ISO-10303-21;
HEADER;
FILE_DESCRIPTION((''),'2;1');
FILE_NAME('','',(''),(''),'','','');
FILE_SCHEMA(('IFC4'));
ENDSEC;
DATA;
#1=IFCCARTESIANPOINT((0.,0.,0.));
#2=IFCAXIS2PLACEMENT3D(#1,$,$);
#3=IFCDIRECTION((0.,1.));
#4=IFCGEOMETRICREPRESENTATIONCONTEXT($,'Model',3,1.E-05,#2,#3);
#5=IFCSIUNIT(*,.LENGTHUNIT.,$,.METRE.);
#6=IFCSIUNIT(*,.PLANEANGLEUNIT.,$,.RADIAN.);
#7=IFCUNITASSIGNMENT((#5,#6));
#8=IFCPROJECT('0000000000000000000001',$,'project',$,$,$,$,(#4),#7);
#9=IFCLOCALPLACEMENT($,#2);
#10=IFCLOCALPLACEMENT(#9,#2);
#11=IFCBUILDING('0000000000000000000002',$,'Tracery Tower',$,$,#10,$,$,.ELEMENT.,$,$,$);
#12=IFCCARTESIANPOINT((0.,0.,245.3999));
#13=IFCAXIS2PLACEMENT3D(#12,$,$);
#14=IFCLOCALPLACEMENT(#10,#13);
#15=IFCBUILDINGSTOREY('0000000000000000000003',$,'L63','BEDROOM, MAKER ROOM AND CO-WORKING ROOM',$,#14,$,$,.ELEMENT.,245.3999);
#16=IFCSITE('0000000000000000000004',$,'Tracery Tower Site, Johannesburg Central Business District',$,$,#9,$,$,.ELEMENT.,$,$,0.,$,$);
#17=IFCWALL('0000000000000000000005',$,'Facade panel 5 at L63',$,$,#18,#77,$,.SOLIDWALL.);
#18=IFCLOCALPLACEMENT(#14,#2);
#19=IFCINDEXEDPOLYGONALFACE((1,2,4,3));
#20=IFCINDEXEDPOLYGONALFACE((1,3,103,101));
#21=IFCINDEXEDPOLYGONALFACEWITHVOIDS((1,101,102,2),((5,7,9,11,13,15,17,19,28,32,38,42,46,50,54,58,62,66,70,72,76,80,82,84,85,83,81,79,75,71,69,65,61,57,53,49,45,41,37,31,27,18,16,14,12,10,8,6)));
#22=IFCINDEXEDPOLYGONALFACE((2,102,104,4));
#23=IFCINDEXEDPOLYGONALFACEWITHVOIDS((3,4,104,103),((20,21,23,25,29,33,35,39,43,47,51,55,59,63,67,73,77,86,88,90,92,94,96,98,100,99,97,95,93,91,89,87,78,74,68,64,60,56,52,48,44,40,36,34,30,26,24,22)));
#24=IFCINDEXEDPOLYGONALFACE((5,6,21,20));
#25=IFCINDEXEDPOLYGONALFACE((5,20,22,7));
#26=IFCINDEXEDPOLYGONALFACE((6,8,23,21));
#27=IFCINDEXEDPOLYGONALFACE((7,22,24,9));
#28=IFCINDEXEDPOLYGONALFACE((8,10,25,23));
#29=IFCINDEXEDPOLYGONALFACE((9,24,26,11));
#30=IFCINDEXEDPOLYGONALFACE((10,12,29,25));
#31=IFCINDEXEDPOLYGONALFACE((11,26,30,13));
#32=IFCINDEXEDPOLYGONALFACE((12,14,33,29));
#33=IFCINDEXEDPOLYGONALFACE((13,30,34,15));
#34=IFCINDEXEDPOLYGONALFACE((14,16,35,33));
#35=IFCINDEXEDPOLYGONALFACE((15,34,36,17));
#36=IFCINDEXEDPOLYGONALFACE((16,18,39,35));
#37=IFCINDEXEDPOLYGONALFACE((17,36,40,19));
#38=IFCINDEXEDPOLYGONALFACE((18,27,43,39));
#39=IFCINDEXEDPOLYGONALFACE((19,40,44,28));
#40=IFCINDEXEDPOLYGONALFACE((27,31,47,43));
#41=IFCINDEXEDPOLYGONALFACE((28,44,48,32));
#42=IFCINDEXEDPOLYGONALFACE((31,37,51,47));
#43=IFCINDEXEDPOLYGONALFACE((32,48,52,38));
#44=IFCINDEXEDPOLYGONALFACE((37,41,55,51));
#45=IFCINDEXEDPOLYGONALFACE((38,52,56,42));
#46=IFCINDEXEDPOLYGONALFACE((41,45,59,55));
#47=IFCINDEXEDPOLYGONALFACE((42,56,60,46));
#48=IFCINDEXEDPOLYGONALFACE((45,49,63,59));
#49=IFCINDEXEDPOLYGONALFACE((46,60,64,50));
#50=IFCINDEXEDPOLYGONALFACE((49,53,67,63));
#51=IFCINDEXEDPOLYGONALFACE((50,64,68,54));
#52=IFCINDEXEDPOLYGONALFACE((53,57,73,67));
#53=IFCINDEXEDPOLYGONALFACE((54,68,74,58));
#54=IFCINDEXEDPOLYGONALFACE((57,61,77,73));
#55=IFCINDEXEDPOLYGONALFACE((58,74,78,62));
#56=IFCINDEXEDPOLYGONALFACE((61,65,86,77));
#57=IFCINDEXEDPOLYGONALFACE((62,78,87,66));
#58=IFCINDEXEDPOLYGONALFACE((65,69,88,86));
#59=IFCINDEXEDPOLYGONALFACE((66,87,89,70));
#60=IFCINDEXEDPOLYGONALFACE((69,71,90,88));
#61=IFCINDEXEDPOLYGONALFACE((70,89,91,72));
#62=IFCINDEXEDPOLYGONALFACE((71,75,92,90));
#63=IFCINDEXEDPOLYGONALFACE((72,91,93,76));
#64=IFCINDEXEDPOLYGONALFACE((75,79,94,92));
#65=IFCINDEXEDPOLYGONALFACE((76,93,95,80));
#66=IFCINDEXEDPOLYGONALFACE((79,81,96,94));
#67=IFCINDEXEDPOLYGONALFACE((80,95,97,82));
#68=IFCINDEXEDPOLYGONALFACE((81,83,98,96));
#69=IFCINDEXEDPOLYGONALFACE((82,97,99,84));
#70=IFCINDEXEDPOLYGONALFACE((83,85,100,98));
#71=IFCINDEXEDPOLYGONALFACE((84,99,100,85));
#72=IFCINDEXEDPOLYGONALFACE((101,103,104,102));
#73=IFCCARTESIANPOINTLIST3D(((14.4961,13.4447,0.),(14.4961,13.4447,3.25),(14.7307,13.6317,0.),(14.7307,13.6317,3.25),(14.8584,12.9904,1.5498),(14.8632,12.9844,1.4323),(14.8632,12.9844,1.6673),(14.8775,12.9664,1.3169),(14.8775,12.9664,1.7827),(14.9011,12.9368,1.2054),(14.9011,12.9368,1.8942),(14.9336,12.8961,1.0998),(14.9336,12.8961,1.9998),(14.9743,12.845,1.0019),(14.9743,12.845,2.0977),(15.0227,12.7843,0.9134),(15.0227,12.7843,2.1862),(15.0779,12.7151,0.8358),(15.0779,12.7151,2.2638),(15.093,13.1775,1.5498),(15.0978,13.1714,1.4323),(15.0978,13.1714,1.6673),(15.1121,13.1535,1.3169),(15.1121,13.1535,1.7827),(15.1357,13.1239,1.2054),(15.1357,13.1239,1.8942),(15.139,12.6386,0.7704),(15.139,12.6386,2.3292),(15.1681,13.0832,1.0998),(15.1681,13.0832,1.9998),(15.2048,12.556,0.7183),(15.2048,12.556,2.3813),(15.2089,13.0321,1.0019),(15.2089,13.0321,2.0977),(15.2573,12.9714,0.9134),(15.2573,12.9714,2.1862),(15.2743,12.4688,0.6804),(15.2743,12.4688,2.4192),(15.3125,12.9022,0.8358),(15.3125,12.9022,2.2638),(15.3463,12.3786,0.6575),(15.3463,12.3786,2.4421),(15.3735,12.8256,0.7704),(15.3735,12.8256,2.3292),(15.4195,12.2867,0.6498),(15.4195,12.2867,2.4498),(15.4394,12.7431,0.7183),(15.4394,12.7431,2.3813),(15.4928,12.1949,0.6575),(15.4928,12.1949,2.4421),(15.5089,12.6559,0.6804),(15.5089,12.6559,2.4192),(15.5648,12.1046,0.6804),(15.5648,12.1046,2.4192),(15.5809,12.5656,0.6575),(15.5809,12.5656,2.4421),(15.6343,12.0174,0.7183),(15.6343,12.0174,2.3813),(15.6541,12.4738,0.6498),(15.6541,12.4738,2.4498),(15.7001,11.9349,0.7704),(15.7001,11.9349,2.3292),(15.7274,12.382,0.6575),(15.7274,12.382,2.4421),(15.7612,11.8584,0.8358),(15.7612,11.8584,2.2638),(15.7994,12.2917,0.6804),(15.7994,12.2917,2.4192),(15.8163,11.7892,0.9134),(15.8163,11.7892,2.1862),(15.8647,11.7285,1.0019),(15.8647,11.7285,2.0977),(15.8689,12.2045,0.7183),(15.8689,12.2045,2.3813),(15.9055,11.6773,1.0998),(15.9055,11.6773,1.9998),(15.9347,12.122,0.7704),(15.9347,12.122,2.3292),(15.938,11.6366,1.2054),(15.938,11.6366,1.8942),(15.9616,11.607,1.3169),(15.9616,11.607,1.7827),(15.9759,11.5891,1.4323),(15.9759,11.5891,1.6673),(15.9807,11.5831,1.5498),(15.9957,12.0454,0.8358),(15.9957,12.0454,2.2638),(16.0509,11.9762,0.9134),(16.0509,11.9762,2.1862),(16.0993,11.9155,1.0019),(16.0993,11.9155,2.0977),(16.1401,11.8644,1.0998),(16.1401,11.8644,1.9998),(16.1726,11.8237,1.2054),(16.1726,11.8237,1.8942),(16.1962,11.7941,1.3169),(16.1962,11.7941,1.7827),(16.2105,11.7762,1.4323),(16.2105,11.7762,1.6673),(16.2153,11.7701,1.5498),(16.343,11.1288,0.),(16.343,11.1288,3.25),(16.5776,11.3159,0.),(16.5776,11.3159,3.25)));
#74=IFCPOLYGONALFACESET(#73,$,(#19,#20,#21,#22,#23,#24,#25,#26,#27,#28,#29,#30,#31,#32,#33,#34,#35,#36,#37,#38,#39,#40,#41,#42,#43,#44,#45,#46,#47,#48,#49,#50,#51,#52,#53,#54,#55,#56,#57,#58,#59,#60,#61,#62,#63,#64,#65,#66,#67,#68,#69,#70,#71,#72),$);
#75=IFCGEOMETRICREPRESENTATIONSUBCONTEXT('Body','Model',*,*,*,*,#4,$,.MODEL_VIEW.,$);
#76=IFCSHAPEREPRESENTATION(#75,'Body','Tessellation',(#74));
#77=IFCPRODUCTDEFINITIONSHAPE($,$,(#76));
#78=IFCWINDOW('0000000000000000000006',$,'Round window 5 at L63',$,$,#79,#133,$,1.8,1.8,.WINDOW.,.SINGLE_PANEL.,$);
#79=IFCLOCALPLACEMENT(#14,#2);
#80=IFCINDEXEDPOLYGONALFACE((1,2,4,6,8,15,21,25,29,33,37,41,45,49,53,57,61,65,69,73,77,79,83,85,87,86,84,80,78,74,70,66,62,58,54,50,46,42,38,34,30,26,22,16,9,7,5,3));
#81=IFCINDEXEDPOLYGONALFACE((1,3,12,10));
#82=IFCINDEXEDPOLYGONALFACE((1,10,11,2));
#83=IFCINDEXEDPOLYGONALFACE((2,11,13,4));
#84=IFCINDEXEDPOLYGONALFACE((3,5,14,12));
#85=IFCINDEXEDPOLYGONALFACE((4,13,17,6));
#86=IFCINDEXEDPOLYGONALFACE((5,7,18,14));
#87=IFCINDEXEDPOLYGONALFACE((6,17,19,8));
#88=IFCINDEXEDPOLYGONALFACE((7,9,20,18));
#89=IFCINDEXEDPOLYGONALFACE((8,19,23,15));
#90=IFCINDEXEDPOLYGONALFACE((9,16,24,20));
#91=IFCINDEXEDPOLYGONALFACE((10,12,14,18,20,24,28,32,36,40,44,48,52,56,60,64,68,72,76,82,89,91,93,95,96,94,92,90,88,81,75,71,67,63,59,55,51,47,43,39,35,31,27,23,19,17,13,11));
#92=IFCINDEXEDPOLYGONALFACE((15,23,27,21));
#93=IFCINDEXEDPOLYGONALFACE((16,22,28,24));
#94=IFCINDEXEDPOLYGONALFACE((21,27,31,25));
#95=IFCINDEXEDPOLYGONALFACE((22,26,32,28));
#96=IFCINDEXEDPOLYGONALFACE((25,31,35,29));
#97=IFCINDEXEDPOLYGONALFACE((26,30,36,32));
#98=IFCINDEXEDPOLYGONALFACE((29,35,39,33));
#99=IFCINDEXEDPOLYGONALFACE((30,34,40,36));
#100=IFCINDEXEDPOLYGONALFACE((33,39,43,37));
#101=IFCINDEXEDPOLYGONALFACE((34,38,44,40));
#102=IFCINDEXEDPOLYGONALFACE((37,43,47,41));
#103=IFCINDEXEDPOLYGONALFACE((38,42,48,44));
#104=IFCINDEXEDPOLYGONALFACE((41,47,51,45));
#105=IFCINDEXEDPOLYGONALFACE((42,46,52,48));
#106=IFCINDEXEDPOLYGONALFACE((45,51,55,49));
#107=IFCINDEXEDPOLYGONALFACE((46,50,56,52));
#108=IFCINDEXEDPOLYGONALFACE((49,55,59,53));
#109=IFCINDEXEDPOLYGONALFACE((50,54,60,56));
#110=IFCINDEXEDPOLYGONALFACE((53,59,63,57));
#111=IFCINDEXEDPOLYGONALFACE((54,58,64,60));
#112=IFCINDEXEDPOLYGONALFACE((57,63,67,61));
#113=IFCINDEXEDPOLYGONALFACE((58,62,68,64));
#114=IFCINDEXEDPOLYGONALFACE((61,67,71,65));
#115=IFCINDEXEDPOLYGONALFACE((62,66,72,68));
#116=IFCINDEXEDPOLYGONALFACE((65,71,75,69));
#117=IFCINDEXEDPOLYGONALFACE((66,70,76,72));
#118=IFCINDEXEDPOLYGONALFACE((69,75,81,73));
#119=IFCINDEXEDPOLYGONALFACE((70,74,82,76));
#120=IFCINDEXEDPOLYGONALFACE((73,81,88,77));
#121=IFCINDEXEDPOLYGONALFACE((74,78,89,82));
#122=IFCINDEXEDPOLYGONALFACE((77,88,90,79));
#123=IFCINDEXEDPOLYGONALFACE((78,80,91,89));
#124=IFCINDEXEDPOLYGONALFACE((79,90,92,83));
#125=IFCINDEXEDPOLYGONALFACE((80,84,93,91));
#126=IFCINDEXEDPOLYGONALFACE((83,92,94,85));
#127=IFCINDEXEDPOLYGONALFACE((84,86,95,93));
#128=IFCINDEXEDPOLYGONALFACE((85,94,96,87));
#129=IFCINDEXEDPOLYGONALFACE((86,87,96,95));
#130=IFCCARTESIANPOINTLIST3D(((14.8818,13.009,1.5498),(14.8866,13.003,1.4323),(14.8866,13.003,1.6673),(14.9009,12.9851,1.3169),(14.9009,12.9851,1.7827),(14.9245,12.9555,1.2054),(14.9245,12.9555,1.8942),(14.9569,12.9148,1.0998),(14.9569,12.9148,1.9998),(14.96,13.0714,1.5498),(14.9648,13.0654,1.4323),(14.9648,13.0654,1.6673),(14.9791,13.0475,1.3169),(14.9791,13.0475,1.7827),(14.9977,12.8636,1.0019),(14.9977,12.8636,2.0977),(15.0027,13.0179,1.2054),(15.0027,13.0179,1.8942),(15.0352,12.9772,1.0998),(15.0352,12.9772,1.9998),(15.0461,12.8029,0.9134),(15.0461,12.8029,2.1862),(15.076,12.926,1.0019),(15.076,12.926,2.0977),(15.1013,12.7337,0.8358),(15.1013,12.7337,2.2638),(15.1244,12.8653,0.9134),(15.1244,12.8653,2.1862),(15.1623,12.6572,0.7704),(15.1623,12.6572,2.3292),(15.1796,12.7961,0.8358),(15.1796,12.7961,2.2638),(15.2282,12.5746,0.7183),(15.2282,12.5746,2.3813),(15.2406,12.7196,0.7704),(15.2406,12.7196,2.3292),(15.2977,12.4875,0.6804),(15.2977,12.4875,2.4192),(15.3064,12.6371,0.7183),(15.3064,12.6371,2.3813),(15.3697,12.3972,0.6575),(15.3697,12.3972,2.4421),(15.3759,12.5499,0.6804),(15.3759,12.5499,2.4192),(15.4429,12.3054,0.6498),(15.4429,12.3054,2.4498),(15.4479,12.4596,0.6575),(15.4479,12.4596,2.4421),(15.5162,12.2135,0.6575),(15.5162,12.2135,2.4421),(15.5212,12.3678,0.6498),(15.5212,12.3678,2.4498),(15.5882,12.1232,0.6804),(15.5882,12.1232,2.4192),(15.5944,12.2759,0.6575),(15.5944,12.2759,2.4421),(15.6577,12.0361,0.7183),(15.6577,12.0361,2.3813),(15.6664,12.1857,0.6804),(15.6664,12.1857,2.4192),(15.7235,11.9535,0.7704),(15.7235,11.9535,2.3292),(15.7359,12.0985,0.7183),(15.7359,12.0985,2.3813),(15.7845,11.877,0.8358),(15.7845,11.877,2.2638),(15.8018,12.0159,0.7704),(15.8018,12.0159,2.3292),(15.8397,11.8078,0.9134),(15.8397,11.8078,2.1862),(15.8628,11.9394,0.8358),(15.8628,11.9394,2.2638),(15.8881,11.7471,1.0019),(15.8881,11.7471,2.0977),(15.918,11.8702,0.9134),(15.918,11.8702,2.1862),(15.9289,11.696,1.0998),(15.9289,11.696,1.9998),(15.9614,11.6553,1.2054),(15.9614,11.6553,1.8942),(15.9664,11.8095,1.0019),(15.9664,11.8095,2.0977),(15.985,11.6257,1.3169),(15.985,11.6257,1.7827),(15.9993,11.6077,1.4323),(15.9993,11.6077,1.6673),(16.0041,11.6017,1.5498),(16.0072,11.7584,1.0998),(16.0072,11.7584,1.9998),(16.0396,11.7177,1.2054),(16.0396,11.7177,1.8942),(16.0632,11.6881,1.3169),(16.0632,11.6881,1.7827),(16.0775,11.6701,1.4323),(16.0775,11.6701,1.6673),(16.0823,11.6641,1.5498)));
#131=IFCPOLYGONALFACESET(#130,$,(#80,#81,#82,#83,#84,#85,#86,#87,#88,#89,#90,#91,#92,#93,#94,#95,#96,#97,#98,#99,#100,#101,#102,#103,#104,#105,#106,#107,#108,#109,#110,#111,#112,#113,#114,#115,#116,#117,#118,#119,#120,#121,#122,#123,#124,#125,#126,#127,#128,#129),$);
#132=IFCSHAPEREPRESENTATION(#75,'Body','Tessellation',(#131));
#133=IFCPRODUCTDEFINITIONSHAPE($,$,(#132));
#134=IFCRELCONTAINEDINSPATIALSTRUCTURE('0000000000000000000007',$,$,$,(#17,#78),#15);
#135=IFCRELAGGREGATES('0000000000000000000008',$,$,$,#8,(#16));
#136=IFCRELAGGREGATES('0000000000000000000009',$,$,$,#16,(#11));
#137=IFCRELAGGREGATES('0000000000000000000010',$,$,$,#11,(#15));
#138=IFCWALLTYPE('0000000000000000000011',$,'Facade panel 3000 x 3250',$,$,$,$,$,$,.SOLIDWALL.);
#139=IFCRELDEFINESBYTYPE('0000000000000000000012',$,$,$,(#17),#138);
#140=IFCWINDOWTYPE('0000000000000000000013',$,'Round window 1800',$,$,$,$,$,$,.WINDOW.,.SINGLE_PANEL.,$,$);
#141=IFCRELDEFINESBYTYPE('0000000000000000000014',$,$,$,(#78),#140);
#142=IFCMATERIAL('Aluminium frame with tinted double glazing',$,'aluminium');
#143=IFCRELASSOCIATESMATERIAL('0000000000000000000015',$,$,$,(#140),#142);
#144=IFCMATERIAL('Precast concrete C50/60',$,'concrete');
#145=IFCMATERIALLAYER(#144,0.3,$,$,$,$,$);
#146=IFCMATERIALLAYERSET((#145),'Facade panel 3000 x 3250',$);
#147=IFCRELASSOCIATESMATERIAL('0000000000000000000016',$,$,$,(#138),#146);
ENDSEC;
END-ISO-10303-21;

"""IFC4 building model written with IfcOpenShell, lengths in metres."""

from ifc_helpers import new_model, si_unit, direction, frame, frame_2d, origin, origin_2d, place, context, subcontext, project, spatial, rectangle, circle, extrude, material, layer, layer_set, type_object, element, fill, save


model = new_model("IFC4")

# Units and contexts
model_context = context("Model", 3, precision=1e-05, world=origin(), true_north=direction((0.0, 1.0)))
body_context = subcontext(model_context, "Body", "Model", "MODEL_VIEW")
ifc_project = project(units=[si_unit("LENGTHUNIT", "METRE"), si_unit("PLANEANGLEUNIT", "RADIAN")], contexts=[model_context])

# Site, building, storey
site_placement = place(None, origin())
site = spatial("IfcSite", under=ifc_project, at=site_placement, Name="Tracery Tower Site, Johannesburg Central Business District", CompositionType="ELEMENT", RefElevation=0.0)
building_placement = place(site_placement, origin())
building = spatial("IfcBuilding", under=site, at=building_placement, Name="Tracery Tower", CompositionType="ELEMENT")
storey_placement = place(building_placement, frame((0.0, 0.0, 245.3999)))
storey = spatial("IfcBuildingStorey", under=building, at=storey_placement, Name="L63", Description="BEDROOM, MAKER ROOM AND CO-WORKING ROOM", CompositionType="ELEMENT", Elevation=245.3999)

# Wall, opening, window
ifc_material_1 = material(Name="Aluminium frame with tinted double glazing", Category="aluminium")
window_type = type_object("IfcWindowType", Name="Round window 1800", PartitioningType="SINGLE_PANEL", PredefinedType="WINDOW", material=ifc_material_1)
ifc_material_2 = material(Name="Precast concrete C50/60", Category="concrete")
ifc_layer_1 = layer(ifc_material_2, 0.3)
ifc_layer_set_1 = layer_set([ifc_layer_1], Name="Facade panel 3000 x 3250")
wall_type_1 = type_object("IfcWallType", Name="Facade panel 3000 x 3250", PredefinedType="SOLIDWALL", material=ifc_layer_set_1)
wall_1_placement = place(storey_placement, frame((16.4602, 11.2224, 0.0), z_axis=(0.0, 0.0, 1.0), x_axis=(-0.623498, 0.781825, 0.0)))
wall_1 = element("IfcWall", 1, at=wall_1_placement, inside=storey, type_object=wall_type_1, Name="Facade panel 5 at L63", PredefinedType="SOLIDWALL", context=body_context, shape_type="SweptSolid", body=[
    extrude(rectangle(XDim=2.9622, YDim=0.3, at=frame_2d((1.481, 0.0))), origin(), (0.0, 0.0, 1.0), 3.25),
])
opening_1_placement = place(wall_1_placement, frame((1.481, 0.0, 1.5498)))
opening_1 = element("IfcOpeningElement", 2, at=opening_1_placement, cuts=wall_1, PredefinedType="OPENING", context=body_context, shape_type="SweptSolid", body=[
    extrude(circle(Radius=0.9, at=origin_2d()), frame((0.0, 0.1599, 0.0), z_axis=(0.0, -1.0, 0.0), x_axis=(1.0, 0.0, 0.0)), (0.0, 0.0, 1.0), 0.3201),
])
window_1_placement = place(opening_1_placement, origin())
window_1 = element("IfcWindow", 3, at=window_1_placement, inside=storey, type_object=window_type, Name="Round window 5 at L63", OverallHeight=1.8, OverallWidth=1.8, PartitioningType="SINGLE_PANEL", PredefinedType="WINDOW", context=body_context, shape_type="SweptSolid", body=[
    extrude(circle(Radius=0.9, at=origin_2d()), frame((0.0, 0.1201, 0.0), z_axis=(0.0, -1.0, 0.0), x_axis=(1.0, 0.0, 0.0)), (0.0, 0.0, 1.0), 0.1001),
])
fill(opening_1, window_1)

save(model, "model.ifc")
